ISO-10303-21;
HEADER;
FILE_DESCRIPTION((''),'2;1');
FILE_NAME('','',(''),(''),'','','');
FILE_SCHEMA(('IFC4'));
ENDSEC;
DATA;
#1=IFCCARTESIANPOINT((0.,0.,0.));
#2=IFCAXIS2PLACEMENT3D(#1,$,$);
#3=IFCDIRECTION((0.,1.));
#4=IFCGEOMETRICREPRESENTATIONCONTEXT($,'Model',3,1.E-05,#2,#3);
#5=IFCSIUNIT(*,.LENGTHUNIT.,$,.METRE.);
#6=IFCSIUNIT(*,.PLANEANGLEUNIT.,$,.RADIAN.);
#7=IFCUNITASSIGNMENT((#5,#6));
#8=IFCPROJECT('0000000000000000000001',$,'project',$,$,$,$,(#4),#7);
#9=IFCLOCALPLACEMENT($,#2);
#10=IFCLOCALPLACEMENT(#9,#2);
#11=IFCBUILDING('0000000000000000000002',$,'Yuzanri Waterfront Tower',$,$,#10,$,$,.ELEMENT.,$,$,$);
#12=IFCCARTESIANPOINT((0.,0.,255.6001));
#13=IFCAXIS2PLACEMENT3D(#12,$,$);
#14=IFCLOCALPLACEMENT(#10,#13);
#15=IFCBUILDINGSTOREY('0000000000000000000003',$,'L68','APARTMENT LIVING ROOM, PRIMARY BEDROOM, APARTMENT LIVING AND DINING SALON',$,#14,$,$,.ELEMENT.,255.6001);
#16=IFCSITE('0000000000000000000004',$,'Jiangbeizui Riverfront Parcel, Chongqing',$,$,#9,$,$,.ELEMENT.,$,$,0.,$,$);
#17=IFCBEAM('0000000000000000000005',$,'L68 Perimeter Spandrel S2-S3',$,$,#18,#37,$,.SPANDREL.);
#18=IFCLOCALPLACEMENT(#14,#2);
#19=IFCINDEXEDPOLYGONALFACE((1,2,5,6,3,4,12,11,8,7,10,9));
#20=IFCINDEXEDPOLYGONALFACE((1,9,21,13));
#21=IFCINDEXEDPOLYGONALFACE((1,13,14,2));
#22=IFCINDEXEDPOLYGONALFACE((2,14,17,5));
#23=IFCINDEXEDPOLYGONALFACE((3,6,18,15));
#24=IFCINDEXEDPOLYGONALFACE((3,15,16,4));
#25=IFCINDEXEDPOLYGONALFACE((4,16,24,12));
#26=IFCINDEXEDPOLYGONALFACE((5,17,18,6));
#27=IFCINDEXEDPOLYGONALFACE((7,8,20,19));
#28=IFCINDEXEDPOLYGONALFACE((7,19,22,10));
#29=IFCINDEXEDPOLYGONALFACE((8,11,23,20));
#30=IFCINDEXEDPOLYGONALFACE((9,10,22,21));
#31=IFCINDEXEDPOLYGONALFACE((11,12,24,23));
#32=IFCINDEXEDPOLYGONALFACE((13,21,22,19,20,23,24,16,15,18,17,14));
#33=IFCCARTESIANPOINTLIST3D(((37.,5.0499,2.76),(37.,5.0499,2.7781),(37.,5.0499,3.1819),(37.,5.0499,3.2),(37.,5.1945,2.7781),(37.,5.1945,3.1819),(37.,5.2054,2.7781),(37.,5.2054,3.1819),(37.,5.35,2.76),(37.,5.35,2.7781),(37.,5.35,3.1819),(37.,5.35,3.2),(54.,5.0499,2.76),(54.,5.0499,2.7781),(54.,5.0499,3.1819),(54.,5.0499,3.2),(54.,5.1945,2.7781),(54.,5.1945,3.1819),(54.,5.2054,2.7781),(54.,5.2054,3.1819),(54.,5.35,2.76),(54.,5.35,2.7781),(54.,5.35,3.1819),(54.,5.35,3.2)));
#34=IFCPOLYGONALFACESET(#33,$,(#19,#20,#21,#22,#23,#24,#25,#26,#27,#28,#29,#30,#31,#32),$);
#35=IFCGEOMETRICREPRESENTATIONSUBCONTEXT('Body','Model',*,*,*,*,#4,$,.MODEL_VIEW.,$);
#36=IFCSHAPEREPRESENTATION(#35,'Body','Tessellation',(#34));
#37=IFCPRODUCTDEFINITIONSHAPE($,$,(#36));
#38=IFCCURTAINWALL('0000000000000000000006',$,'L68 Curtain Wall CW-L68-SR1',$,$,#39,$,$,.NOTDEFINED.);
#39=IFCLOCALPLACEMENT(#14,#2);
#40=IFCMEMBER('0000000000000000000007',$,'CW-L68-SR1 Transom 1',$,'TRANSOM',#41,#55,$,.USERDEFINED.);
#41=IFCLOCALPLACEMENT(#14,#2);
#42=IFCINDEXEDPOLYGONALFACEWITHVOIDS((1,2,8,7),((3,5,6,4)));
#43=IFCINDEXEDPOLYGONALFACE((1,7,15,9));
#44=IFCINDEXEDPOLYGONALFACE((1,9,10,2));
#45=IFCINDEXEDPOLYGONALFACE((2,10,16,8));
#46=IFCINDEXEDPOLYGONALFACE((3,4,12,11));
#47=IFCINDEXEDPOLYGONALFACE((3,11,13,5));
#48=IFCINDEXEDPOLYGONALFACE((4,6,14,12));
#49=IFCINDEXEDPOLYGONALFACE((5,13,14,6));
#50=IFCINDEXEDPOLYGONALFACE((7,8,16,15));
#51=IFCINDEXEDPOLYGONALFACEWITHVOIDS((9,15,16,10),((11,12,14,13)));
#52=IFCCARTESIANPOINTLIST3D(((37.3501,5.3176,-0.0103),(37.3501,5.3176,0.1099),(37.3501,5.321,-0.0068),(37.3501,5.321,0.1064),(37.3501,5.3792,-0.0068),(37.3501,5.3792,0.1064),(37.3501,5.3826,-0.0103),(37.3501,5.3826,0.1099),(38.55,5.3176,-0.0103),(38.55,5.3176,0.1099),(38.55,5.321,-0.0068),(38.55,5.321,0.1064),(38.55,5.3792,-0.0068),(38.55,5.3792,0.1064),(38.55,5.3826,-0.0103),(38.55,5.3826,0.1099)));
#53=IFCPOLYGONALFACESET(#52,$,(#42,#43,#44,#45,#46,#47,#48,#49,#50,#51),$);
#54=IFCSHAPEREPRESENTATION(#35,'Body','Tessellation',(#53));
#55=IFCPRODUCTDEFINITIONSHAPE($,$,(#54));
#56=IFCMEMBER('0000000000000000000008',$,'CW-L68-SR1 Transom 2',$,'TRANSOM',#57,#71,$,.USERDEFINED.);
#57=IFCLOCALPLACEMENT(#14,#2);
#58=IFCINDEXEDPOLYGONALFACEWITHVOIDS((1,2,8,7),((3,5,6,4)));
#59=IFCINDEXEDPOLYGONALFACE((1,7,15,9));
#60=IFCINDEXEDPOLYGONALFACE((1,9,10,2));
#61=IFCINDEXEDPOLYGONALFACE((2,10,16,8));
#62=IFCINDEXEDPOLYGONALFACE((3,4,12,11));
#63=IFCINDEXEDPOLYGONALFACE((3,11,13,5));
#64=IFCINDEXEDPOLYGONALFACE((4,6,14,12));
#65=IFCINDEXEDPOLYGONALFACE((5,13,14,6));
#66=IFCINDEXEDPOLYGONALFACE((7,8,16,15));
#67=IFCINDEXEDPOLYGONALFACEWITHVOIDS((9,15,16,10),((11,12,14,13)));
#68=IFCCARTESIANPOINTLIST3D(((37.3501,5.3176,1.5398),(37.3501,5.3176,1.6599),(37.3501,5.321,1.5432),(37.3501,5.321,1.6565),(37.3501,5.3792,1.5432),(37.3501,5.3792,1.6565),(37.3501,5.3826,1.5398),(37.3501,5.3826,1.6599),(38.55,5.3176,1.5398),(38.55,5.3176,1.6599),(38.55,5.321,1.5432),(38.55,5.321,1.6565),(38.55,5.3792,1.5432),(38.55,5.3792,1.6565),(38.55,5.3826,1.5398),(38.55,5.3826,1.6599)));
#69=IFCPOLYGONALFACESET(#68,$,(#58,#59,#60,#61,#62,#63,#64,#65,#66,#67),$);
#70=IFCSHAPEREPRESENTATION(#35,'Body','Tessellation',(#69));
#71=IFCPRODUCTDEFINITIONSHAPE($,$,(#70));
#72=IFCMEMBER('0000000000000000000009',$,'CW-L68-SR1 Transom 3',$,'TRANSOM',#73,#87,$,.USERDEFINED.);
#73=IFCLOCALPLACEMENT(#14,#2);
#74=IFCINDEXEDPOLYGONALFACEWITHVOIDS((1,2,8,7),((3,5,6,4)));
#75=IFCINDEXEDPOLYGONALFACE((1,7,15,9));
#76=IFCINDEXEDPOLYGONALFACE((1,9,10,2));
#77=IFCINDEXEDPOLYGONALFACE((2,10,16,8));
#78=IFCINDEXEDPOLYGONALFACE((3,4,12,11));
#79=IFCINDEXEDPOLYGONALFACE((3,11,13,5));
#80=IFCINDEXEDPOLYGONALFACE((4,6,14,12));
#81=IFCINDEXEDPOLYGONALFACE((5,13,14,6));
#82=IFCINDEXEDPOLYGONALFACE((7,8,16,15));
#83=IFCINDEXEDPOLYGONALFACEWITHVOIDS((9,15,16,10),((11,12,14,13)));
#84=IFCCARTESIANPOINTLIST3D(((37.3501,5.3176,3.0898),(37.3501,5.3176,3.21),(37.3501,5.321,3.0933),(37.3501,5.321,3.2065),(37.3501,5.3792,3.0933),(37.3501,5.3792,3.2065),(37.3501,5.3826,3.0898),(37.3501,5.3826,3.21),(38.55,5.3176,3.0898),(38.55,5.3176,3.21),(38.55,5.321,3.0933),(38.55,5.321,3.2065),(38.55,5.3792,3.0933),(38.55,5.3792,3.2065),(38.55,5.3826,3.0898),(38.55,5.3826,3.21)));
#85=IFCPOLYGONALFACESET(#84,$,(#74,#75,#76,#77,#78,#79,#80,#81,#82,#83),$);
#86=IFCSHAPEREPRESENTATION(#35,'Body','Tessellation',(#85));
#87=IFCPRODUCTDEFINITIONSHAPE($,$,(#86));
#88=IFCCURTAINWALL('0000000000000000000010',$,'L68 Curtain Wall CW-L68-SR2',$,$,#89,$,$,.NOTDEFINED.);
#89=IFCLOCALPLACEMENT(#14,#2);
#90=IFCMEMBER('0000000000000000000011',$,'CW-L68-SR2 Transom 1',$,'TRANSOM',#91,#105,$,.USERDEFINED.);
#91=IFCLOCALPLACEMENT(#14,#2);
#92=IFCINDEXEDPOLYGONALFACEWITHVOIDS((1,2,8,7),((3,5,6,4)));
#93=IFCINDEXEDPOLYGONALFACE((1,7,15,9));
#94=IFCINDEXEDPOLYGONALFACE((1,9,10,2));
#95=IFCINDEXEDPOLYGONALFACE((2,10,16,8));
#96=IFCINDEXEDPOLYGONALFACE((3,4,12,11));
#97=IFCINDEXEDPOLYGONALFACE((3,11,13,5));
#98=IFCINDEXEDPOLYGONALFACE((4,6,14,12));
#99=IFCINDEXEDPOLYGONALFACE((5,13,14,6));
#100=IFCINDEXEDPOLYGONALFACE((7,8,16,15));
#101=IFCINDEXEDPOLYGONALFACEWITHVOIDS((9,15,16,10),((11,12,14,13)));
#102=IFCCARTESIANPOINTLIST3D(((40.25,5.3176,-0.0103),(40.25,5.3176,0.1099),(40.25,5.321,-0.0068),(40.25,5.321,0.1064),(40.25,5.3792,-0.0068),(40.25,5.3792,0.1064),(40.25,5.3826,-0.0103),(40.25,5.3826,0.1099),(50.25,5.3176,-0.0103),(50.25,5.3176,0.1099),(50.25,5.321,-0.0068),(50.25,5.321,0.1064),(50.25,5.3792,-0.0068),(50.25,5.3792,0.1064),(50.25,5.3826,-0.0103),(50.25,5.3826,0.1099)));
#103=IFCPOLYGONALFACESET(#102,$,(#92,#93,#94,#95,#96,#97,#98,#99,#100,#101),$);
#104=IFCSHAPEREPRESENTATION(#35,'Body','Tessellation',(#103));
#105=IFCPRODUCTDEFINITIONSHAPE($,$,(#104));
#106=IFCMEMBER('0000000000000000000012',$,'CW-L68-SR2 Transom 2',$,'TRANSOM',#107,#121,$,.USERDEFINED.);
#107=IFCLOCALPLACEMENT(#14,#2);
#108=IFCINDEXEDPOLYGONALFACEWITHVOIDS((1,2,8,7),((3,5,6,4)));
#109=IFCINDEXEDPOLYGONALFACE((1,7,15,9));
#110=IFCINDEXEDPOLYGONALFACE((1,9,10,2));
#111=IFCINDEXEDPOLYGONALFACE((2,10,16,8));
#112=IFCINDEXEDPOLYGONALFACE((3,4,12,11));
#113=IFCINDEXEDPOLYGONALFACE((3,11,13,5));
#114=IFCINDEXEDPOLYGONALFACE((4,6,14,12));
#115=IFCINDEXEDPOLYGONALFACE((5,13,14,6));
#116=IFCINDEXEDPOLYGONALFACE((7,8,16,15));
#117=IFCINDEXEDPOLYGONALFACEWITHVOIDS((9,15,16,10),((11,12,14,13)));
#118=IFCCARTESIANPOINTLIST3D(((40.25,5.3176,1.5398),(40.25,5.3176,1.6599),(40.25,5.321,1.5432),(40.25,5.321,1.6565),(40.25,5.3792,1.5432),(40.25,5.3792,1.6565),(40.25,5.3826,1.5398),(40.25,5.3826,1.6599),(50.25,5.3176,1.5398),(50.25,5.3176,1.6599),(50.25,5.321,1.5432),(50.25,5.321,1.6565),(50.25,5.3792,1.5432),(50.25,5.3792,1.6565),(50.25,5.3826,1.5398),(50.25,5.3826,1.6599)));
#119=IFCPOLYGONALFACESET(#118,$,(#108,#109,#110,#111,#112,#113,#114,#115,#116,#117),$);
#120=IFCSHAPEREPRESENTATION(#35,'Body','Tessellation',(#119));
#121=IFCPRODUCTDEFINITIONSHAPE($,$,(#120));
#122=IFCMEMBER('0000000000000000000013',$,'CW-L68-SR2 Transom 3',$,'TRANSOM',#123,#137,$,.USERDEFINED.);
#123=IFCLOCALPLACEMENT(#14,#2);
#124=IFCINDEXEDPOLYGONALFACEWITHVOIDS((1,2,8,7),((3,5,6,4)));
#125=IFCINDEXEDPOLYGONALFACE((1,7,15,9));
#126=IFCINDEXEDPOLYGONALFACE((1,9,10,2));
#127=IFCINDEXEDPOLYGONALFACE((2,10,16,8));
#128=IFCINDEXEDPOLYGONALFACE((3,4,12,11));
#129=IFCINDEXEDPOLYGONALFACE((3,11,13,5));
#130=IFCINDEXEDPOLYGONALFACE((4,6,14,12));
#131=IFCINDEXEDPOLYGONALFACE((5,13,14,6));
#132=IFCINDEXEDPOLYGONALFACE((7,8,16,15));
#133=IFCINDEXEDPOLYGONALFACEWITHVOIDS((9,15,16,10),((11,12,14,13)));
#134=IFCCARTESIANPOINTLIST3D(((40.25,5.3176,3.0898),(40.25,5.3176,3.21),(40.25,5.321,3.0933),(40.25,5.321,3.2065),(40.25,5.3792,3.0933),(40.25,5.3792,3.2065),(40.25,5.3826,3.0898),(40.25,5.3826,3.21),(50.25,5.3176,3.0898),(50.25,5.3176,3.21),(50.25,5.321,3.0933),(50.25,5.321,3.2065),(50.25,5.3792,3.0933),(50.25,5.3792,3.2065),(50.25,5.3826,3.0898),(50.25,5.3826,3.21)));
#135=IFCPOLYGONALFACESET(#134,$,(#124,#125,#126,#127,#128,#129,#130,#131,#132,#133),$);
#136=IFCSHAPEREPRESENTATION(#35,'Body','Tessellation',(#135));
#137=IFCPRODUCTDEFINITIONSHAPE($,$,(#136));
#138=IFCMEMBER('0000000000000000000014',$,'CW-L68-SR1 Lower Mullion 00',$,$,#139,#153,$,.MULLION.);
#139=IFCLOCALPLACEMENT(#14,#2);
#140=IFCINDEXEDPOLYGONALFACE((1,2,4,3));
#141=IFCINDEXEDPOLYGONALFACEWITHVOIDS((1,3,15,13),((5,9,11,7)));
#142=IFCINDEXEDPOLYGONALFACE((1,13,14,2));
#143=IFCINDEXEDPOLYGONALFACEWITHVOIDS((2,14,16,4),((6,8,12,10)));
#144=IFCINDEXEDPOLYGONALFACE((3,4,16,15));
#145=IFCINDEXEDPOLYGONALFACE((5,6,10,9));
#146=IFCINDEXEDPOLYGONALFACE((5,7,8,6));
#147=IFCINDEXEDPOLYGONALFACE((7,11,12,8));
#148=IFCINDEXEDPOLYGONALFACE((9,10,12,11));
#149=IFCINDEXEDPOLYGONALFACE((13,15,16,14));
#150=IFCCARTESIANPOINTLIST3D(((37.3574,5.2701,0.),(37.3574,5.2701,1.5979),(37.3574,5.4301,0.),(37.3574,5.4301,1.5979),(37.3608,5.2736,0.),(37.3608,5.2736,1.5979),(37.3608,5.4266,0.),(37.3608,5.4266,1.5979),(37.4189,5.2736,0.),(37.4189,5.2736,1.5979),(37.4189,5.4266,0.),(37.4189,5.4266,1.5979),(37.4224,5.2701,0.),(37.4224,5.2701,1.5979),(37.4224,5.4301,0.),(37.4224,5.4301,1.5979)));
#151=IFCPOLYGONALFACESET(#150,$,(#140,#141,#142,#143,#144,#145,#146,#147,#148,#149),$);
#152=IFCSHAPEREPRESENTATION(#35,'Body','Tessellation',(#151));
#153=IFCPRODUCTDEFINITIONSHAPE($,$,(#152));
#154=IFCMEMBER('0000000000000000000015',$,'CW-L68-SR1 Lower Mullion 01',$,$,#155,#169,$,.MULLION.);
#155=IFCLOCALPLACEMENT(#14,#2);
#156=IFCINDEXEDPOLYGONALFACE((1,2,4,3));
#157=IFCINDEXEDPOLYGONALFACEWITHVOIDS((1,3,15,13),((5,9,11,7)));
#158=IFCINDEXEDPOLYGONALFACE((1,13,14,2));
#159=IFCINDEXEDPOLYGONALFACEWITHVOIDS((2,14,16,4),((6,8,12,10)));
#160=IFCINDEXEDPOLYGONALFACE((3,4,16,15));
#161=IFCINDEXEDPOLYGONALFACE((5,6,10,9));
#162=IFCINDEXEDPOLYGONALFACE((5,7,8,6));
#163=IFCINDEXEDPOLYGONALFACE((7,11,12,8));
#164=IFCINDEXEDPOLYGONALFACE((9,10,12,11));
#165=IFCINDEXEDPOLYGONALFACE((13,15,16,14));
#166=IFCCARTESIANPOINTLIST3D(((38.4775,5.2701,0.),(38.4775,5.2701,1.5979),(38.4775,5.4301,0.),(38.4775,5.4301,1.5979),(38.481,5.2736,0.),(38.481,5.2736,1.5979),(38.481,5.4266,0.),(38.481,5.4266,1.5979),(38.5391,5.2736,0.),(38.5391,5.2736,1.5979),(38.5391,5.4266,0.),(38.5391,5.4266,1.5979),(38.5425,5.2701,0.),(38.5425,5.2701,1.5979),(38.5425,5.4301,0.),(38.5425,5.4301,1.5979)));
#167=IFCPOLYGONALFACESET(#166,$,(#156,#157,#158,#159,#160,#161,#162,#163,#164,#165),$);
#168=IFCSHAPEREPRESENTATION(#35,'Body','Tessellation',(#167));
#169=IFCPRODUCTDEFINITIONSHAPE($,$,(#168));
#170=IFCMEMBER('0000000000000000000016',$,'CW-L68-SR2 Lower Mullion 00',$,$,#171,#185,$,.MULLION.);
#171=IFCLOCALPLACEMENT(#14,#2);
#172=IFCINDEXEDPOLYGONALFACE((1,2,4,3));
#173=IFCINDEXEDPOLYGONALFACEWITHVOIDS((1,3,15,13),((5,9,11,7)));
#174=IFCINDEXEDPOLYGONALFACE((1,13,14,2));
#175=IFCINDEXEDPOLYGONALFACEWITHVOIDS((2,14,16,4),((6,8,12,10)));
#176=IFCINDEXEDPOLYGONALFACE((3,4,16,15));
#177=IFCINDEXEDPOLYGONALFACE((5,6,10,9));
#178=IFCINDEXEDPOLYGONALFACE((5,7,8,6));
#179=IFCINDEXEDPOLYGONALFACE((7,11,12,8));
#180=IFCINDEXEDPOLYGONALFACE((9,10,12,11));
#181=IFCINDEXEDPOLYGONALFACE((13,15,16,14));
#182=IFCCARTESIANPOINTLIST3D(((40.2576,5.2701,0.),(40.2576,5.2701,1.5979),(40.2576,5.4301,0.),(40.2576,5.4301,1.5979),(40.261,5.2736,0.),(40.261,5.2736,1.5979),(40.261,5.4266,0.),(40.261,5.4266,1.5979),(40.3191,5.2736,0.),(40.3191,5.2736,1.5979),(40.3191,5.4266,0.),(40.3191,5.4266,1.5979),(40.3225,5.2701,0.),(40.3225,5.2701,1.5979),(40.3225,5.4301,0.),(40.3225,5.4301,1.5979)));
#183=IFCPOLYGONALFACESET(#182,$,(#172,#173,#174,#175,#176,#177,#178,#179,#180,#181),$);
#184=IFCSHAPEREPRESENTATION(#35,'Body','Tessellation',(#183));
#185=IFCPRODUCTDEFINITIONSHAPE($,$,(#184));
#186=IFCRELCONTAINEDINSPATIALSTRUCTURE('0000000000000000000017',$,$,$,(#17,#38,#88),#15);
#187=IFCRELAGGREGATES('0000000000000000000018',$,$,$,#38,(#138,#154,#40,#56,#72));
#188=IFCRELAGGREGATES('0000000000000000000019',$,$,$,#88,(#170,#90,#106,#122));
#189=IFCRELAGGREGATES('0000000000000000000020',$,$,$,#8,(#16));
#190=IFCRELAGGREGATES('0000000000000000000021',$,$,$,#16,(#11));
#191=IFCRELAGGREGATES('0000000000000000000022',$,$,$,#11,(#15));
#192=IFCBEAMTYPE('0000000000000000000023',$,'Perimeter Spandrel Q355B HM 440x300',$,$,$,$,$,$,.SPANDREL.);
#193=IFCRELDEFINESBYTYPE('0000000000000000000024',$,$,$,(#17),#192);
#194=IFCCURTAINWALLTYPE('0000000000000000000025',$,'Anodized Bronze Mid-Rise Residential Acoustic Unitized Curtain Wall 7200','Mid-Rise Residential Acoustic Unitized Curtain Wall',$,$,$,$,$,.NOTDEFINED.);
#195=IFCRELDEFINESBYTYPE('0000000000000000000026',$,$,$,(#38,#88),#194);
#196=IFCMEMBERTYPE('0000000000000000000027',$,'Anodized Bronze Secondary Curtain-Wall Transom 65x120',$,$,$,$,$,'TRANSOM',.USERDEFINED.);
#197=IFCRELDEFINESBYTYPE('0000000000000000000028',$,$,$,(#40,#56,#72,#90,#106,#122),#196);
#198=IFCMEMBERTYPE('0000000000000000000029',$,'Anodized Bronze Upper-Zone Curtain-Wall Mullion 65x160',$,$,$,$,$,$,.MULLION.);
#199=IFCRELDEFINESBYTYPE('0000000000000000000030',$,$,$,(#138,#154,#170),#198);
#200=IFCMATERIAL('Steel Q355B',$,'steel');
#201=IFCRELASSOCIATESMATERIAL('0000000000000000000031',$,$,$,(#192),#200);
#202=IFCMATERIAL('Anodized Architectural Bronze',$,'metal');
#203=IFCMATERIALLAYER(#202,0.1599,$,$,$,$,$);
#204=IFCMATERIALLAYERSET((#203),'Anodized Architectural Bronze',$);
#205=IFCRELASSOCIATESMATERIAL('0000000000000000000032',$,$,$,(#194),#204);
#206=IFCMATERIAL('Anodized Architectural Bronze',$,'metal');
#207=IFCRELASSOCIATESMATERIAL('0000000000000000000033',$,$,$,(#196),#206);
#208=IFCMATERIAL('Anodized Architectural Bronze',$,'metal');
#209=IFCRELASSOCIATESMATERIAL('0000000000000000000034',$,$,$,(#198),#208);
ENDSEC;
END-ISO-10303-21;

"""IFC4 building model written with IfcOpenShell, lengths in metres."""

from ifc_helpers import new_model, si_unit, direction, frame, origin, origin_2d, place, context, subcontext, project, spatial, hollow_rectangle, i_section, extrude, source, transform, mapped, material, layer, layer_set, material_profile, profile_set, type_object, element, aggregate, save


model = new_model("IFC4")

# Units and contexts
model_context = context("Model", 3, precision=1e-05, world=origin(), true_north=direction((0.0, 1.0)))
body_context = subcontext(model_context, "Body", "Model", "MODEL_VIEW")
ifc_project = project(units=[si_unit("LENGTHUNIT", "METRE"), si_unit("PLANEANGLEUNIT", "RADIAN")], contexts=[model_context])

# Site, building, storey
site_placement = place(None, origin())
site = spatial("IfcSite", under=ifc_project, at=site_placement, Name="Jiangbeizui Riverfront Parcel, Chongqing", CompositionType="ELEMENT", RefElevation=0.0)
building_placement = place(site_placement, origin())
building = spatial("IfcBuilding", under=site, at=building_placement, Name="Yuzanri Waterfront Tower", CompositionType="ELEMENT")
storey_placement = place(building_placement, frame((0.0, 0.0, 255.6001)))
storey = spatial("IfcBuildingStorey", under=building, at=storey_placement, Name="L68", Description="APARTMENT LIVING ROOM, PRIMARY BEDROOM, APARTMENT LIVING AND DINING SALON", CompositionType="ELEMENT", Elevation=255.6001)

# Beam
ifc_material_1 = material(Name="Steel Q355B", Category="steel")
ifc_material_profile_1 = material_profile(ifc_material_1, i_section(OverallWidth=0.3, OverallDepth=0.4399, WebThickness=0.011, FlangeThickness=0.0181, at=origin_2d()), Name="HM 440x300x11x18")
ifc_profile_set_1 = profile_set([ifc_material_profile_1], Name="Steel Q355B")
beam_type = type_object("IfcBeamType", Name="Perimeter Spandrel Q355B HM 440x300", PredefinedType="SPANDREL", material=ifc_profile_set_1)
shared_shape_1 = source(origin(), body_context, "Body", "SweptSolid", [
    extrude(i_section(OverallWidth=0.3, OverallDepth=0.4399, WebThickness=0.011, FlangeThickness=0.0181, at=origin_2d()), origin(), (0.0, 0.0, 1.0), 17.0),
])
beam_placement = place(storey_placement, frame((37.0, 5.2, 2.98), z_axis=(1.0, 0.0, 0.0), x_axis=(0.0, 1.0, 0.0)))
element("IfcBeam", 1, at=beam_placement, inside=storey, type_object=beam_type, Name="L68 Perimeter Spandrel S2-S3", PredefinedType="SPANDREL", context=body_context, shape_type="MappedRepresentation", body=[
    mapped(shared_shape_1, transform((0.0, 0.0, 0.0), scale=1.0)),
])

# Curtain walls, members
ifc_material_2 = material(Name="Anodized Architectural Bronze", Category="metal")
ifc_layer_1 = layer(ifc_material_2, 0.1599)
ifc_layer_set_1 = layer_set([ifc_layer_1], Name="Anodized Architectural Bronze")
curtain_wall_type = type_object("IfcCurtainWallType", Name="Anodized Bronze Mid-Rise Residential Acoustic Unitized Curtain Wall 7200", Description="Mid-Rise Residential Acoustic Unitized Curtain Wall", PredefinedType="NOTDEFINED", material=ifc_layer_set_1)
curtain_wall_1_placement = place(storey_placement, origin())
curtain_wall_1 = element("IfcCurtainWall", 2, at=curtain_wall_1_placement, inside=storey, type_object=curtain_wall_type, Name="L68 Curtain Wall CW-L68-SR1", PredefinedType="NOTDEFINED")
ifc_material_3 = material(Name="Anodized Architectural Bronze", Category="metal")
ifc_material_profile_2 = material_profile(ifc_material_3, hollow_rectangle(XDim=0.0649, YDim=0.1201, WallThickness=0.0034, at=origin_2d()), Name="CWT 65x120")
ifc_profile_set_2 = profile_set([ifc_material_profile_2], Name="Anodized Architectural Bronze")
member_type_1 = type_object("IfcMemberType", Name="Anodized Bronze Secondary Curtain-Wall Transom 65x120", ElementType="TRANSOM", PredefinedType="USERDEFINED", material=ifc_profile_set_2)
shared_shape_2 = source(origin(), body_context, "Body", "SweptSolid", [
    extrude(hollow_rectangle(XDim=0.0649, YDim=0.1201, WallThickness=0.0034, at=origin_2d()), origin(), (0.0, 0.0, 1.0), 1.2),
])
member_1_placement = place(storey_placement, frame((37.3501, 5.3501, 0.0498), z_axis=(1.0, 0.0, 0.0), x_axis=(0.0, 1.0, 0.0)))
member_1 = element("IfcMember", 3, at=member_1_placement, type_object=member_type_1, Name="CW-L68-SR1 Transom 1", ObjectType="TRANSOM", PredefinedType="USERDEFINED", context=body_context, shape_type="MappedRepresentation", body=[
    mapped(shared_shape_2, transform((0.0, 0.0, 0.0), scale=1.0)),
])
member_2_placement = place(storey_placement, frame((37.3501, 5.3501, 1.5999), z_axis=(1.0, 0.0, 0.0), x_axis=(0.0, 1.0, 0.0)))
member_2 = element("IfcMember", 4, at=member_2_placement, type_object=member_type_1, Name="CW-L68-SR1 Transom 2", ObjectType="TRANSOM", PredefinedType="USERDEFINED", context=body_context, shape_type="MappedRepresentation", body=[
    mapped(shared_shape_2, transform((0.0, 0.0, 0.0), scale=1.0)),
])
member_3_placement = place(storey_placement, frame((37.3501, 5.3501, 3.1499), z_axis=(1.0, 0.0, 0.0), x_axis=(0.0, 1.0, 0.0)))
member_3 = element("IfcMember", 5, at=member_3_placement, type_object=member_type_1, Name="CW-L68-SR1 Transom 3", ObjectType="TRANSOM", PredefinedType="USERDEFINED", context=body_context, shape_type="MappedRepresentation", body=[
    mapped(shared_shape_2, transform((0.0, 0.0, 0.0), scale=1.0)),
])
curtain_wall_2_placement = place(storey_placement, origin())
curtain_wall_2 = element("IfcCurtainWall", 6, at=curtain_wall_2_placement, inside=storey, type_object=curtain_wall_type, Name="L68 Curtain Wall CW-L68-SR2", PredefinedType="NOTDEFINED")
shared_shape_3 = source(origin(), body_context, "Body", "SweptSolid", [
    extrude(hollow_rectangle(XDim=0.0649, YDim=0.1201, WallThickness=0.0034, at=origin_2d()), origin(), (0.0, 0.0, 1.0), 10.0),
])
member_4_placement = place(storey_placement, frame((40.25, 5.3501, 0.0498), z_axis=(1.0, 0.0, 0.0), x_axis=(0.0, 1.0, 0.0)))
member_4 = element("IfcMember", 7, at=member_4_placement, type_object=member_type_1, Name="CW-L68-SR2 Transom 1", ObjectType="TRANSOM", PredefinedType="USERDEFINED", context=body_context, shape_type="MappedRepresentation", body=[
    mapped(shared_shape_3, transform((0.0, 0.0, 0.0), scale=1.0)),
])
member_5_placement = place(storey_placement, frame((40.25, 5.3501, 1.5999), z_axis=(1.0, 0.0, 0.0), x_axis=(0.0, 1.0, 0.0)))
member_5 = element("IfcMember", 8, at=member_5_placement, type_object=member_type_1, Name="CW-L68-SR2 Transom 2", ObjectType="TRANSOM", PredefinedType="USERDEFINED", context=body_context, shape_type="MappedRepresentation", body=[
    mapped(shared_shape_3, transform((0.0, 0.0, 0.0), scale=1.0)),
])
member_6_placement = place(storey_placement, frame((40.25, 5.3501, 3.1499), z_axis=(1.0, 0.0, 0.0), x_axis=(0.0, 1.0, 0.0)))
member_6 = element("IfcMember", 9, at=member_6_placement, type_object=member_type_1, Name="CW-L68-SR2 Transom 3", ObjectType="TRANSOM", PredefinedType="USERDEFINED", context=body_context, shape_type="MappedRepresentation", body=[
    mapped(shared_shape_3, transform((0.0, 0.0, 0.0), scale=1.0)),
])

# Members
ifc_material_4 = material(Name="Anodized Architectural Bronze", Category="metal")
ifc_material_profile_3 = material_profile(ifc_material_4, hollow_rectangle(XDim=0.0649, YDim=0.1599, WallThickness=0.0034, at=origin_2d()), Name="CWM 65x160")
ifc_profile_set_3 = profile_set([ifc_material_profile_3], Name="Anodized Architectural Bronze")
member_type_2 = type_object("IfcMemberType", Name="Anodized Bronze Upper-Zone Curtain-Wall Mullion 65x160", PredefinedType="MULLION", material=ifc_profile_set_3)
shared_shape_4 = source(origin(), body_context, "Body", "SweptSolid", [
    extrude(hollow_rectangle(XDim=0.0649, YDim=0.1599, WallThickness=0.0034, at=origin_2d()), origin(), (0.0, 0.0, 1.0), 1.5979),
])
member_7_placement = place(storey_placement, frame((37.3899, 5.3501, 0.0), z_axis=(0.0, 0.0, 1.0), x_axis=(1.0, 0.0, 0.0)))
member_7 = element("IfcMember", 10, at=member_7_placement, type_object=member_type_2, Name="CW-L68-SR1 Lower Mullion 00", PredefinedType="MULLION", context=body_context, shape_type="MappedRepresentation", body=[
    mapped(shared_shape_4, transform((0.0, 0.0, 0.0), scale=1.0)),
])
member_8_placement = place(storey_placement, frame((38.51, 5.3501, 0.0), z_axis=(0.0, 0.0, 1.0), x_axis=(1.0, 0.0, 0.0)))
member_8 = element("IfcMember", 11, at=member_8_placement, type_object=member_type_2, Name="CW-L68-SR1 Lower Mullion 01", PredefinedType="MULLION", context=body_context, shape_type="MappedRepresentation", body=[
    mapped(shared_shape_4, transform((0.0, 0.0, 0.0), scale=1.0)),
])
member_9_placement = place(storey_placement, frame((40.29, 5.3501, 0.0), z_axis=(0.0, 0.0, 1.0), x_axis=(1.0, 0.0, 0.0)))
member_9 = element("IfcMember", 12, at=member_9_placement, type_object=member_type_2, Name="CW-L68-SR2 Lower Mullion 00", PredefinedType="MULLION", context=body_context, shape_type="MappedRepresentation", body=[
    mapped(shared_shape_4, transform((0.0, 0.0, 0.0), scale=1.0)),
])

aggregate(curtain_wall_1, [member_7, member_8, member_1, member_2, member_3])
aggregate(curtain_wall_2, [member_9, member_4, member_5, member_6])

save(model, "model.ifc")
